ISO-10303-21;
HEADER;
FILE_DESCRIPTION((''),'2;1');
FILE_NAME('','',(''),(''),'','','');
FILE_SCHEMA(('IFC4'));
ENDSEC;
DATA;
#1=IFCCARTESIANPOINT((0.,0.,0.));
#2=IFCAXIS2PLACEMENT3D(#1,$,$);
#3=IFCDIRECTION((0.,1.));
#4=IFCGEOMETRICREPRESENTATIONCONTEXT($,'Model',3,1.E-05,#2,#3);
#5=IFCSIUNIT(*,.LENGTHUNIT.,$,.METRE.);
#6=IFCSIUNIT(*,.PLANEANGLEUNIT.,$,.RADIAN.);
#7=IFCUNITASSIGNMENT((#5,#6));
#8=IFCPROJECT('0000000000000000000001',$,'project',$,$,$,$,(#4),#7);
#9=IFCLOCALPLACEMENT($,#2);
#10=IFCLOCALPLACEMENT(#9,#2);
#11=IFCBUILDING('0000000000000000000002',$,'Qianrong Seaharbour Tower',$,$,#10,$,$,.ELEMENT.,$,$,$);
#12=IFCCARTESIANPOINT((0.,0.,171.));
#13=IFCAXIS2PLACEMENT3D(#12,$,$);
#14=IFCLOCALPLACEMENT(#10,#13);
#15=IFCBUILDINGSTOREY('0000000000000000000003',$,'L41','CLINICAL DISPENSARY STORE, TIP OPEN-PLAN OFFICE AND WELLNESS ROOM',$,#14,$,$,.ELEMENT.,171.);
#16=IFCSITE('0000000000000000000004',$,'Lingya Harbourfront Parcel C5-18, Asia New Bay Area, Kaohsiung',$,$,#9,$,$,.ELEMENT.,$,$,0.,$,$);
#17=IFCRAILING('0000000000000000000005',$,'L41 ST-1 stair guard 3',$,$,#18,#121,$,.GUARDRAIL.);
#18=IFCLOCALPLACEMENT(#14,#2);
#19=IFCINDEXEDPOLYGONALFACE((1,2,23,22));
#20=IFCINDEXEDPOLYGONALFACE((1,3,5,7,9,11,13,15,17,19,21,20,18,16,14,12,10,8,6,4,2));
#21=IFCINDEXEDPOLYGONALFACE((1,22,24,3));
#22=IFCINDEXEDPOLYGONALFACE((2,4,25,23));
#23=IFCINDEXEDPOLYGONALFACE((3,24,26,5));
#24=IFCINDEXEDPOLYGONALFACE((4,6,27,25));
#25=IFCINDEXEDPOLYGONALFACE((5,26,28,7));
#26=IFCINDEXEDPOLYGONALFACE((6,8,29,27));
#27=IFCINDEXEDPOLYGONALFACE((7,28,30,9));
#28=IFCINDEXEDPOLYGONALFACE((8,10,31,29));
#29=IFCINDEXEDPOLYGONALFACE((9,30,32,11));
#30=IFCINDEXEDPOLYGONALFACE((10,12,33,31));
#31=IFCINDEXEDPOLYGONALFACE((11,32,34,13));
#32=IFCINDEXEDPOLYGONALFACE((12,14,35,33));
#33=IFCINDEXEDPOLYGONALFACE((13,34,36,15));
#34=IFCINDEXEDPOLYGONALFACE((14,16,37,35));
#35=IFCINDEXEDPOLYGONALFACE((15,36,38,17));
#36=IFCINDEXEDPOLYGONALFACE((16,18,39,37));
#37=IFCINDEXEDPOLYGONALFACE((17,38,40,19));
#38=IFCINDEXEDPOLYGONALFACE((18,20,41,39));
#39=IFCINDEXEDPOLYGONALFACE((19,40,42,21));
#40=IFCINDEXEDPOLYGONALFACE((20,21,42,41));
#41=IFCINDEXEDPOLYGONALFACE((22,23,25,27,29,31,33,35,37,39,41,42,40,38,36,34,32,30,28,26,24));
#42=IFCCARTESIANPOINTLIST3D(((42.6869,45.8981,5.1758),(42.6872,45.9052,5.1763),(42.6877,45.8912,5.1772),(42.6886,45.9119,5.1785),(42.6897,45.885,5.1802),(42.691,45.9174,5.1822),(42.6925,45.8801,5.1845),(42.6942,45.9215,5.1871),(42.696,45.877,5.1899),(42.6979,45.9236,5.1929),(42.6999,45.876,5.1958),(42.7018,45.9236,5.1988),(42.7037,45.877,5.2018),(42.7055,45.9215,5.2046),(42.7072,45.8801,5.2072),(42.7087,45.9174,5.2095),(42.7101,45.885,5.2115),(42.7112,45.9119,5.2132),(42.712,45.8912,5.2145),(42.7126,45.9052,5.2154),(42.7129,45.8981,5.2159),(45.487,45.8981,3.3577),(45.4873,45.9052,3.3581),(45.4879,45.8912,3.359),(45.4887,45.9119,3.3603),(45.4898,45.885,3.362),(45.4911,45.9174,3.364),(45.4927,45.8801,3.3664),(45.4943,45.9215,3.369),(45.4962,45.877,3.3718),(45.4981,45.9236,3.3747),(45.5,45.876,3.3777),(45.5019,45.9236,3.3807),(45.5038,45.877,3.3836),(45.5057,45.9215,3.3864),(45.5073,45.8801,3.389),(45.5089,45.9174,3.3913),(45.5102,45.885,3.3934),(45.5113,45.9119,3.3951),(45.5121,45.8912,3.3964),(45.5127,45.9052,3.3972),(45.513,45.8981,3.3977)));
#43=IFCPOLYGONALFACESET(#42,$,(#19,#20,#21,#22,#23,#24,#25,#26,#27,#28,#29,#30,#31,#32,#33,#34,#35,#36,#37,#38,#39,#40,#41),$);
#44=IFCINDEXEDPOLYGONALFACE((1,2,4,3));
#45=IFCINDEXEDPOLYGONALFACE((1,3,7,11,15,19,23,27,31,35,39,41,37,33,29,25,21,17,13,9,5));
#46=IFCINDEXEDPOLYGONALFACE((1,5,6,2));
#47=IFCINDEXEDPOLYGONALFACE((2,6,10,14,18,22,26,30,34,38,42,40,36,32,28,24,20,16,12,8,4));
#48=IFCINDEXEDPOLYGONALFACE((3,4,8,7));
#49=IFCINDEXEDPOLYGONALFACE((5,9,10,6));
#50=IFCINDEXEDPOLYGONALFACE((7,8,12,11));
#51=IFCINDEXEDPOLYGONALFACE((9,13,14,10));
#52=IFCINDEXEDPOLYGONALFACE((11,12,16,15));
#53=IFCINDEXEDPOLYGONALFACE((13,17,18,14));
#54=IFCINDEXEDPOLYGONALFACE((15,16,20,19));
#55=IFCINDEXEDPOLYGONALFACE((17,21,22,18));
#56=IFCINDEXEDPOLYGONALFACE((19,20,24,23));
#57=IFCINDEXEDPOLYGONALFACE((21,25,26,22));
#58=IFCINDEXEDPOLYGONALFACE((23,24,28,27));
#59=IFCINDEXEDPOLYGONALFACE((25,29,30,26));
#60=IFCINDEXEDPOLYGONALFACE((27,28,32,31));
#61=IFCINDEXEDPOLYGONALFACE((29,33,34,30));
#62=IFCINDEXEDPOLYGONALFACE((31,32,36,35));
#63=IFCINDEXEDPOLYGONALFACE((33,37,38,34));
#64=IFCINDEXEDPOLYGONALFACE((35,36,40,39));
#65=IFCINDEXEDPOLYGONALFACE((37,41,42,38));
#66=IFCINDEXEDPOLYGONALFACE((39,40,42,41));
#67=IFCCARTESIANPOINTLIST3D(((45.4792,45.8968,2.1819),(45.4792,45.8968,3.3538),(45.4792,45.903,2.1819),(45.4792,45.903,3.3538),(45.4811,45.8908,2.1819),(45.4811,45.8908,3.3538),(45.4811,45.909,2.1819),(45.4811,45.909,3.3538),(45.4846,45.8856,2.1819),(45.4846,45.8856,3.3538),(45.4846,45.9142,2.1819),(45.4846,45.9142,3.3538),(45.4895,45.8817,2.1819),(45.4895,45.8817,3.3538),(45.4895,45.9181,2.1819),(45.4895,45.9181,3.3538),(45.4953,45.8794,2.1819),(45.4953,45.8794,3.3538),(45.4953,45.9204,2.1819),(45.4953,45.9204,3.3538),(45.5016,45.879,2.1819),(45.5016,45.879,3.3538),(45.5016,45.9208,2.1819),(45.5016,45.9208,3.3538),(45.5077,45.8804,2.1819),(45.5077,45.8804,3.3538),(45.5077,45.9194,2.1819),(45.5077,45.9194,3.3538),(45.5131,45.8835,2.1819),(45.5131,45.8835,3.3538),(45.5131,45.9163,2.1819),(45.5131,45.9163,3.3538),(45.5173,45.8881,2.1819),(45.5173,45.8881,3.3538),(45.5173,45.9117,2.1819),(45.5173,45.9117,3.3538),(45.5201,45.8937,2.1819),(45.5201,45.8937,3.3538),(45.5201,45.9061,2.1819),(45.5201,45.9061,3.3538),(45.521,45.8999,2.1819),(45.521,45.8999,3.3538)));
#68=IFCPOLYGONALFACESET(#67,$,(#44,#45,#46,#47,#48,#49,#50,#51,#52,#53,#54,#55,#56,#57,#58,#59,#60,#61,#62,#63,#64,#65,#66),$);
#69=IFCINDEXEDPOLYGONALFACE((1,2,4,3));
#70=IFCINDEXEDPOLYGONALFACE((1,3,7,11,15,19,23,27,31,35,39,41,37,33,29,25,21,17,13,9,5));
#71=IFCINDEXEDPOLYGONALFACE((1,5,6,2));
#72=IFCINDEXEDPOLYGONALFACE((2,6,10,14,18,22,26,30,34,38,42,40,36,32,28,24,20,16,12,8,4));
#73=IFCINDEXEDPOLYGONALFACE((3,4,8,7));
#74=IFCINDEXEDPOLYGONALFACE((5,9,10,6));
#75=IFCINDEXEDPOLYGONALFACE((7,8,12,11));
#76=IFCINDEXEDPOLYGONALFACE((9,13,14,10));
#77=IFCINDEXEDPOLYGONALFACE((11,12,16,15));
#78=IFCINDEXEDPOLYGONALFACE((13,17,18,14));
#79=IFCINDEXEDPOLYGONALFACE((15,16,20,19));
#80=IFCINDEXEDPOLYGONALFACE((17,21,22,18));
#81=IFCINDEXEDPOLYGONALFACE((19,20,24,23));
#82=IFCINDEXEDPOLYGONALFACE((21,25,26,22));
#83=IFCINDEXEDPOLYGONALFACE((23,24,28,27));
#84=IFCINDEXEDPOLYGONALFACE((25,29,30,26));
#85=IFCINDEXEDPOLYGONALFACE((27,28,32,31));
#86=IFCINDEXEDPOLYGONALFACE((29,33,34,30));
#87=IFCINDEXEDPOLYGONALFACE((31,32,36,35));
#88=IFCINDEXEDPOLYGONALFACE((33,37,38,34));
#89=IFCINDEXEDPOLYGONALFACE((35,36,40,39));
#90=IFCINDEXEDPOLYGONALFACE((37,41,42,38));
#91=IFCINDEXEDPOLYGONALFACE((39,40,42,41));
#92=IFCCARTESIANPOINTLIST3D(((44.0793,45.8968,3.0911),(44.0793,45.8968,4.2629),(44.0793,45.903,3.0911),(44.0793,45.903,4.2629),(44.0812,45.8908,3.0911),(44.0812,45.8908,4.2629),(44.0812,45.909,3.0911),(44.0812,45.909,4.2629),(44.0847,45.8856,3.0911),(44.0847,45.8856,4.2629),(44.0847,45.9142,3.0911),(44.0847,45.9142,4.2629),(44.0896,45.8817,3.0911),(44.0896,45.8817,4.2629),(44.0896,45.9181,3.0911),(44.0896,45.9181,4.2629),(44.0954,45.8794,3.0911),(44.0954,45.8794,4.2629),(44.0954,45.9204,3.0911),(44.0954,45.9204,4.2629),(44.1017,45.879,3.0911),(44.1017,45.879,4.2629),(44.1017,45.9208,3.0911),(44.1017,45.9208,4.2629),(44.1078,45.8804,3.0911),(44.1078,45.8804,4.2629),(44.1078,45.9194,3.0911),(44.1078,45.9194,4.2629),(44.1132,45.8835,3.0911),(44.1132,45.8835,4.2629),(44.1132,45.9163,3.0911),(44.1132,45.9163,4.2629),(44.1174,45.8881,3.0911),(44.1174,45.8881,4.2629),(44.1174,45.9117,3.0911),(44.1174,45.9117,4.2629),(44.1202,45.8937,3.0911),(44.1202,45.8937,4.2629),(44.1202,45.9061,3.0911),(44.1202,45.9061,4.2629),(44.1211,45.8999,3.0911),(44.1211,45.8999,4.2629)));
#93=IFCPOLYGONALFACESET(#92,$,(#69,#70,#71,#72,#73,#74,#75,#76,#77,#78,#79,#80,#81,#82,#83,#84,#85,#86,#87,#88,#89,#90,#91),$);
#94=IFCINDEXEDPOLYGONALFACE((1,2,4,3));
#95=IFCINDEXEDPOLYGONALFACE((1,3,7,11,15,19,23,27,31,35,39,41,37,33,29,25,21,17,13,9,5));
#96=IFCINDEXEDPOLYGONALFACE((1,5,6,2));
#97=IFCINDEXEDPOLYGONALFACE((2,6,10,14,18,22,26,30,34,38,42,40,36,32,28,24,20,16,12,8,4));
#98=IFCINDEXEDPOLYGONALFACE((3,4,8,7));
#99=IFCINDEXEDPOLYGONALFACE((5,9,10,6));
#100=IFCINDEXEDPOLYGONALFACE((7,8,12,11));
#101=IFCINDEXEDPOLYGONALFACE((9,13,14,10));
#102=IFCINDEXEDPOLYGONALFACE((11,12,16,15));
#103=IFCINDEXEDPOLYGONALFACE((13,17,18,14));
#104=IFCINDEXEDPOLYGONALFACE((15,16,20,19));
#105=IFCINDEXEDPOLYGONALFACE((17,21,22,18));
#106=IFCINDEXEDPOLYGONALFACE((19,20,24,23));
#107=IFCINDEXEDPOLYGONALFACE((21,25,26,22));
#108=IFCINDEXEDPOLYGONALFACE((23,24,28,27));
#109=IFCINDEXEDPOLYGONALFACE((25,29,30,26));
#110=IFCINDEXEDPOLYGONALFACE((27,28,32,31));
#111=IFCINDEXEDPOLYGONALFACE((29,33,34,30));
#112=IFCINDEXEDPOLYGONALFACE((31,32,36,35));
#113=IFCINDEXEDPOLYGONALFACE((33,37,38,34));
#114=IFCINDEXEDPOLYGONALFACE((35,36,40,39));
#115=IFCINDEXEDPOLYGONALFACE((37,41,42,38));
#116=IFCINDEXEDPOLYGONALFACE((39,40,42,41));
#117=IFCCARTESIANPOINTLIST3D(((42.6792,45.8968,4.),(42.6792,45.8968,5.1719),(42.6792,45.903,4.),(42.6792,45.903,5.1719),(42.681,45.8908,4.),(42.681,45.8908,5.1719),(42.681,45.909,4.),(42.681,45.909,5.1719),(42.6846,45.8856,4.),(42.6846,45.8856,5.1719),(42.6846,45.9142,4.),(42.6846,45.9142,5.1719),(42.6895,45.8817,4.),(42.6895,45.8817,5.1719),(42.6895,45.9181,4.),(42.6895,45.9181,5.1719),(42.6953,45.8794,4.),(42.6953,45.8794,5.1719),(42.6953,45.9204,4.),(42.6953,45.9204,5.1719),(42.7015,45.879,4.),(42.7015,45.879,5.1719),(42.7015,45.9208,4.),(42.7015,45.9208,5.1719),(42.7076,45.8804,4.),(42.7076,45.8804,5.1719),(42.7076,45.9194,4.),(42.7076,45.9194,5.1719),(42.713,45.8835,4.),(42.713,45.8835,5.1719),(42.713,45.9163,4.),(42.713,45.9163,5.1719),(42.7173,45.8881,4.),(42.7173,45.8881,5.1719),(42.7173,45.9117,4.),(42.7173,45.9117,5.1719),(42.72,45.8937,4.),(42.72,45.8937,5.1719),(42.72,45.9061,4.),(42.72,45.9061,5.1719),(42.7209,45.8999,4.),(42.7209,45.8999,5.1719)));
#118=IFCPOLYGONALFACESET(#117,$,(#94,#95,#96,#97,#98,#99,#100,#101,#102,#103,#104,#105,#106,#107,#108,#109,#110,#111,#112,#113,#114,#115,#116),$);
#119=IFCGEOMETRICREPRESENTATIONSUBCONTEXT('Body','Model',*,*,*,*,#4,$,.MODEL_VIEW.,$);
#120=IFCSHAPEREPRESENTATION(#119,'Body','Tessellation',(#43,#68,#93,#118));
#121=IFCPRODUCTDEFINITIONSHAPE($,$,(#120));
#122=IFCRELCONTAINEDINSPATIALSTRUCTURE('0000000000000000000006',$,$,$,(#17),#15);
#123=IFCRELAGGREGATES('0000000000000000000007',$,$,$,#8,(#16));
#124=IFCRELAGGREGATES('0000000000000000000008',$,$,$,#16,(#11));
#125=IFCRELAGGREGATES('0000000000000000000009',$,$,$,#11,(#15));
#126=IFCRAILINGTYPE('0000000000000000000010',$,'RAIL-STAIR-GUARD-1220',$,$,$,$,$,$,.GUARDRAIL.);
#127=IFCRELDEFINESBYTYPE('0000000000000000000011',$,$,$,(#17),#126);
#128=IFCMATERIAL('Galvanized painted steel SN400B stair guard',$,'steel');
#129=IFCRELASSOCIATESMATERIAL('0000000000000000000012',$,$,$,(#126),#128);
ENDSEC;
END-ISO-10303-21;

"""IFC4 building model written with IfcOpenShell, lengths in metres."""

from ifc_helpers import new_model, si_unit, direction, frame, origin, origin_2d, place, context, subcontext, project, spatial, circle, extrude, material, type_object, element, save


model = new_model("IFC4")

# Units and contexts
model_context = context("Model", 3, precision=1e-05, world=origin(), true_north=direction((0.0, 1.0)))
body_context = subcontext(model_context, "Body", "Model", "MODEL_VIEW")
ifc_project = project(units=[si_unit("LENGTHUNIT", "METRE"), si_unit("PLANEANGLEUNIT", "RADIAN")], contexts=[model_context])

# Site, building, storey
site_placement = place(None, origin())
site = spatial("IfcSite", under=ifc_project, at=site_placement, Name="Lingya Harbourfront Parcel C5-18, Asia New Bay Area, Kaohsiung", CompositionType="ELEMENT", RefElevation=0.0)
building_placement = place(site_placement, origin())
building = spatial("IfcBuilding", under=site, at=building_placement, Name="Qianrong Seaharbour Tower", CompositionType="ELEMENT")
storey_placement = place(building_placement, frame((0.0, 0.0, 171.0)))
storey = spatial("IfcBuildingStorey", under=building, at=storey_placement, Name="L41", Description="CLINICAL DISPENSARY STORE, TIP OPEN-PLAN OFFICE AND WELLNESS ROOM", CompositionType="ELEMENT", Elevation=171.0)

# Railing
ifc_material_1 = material(Name="Galvanized painted steel SN400B stair guard", Category="steel")
railing_type_1 = type_object("IfcRailingType", Name="RAIL-STAIR-GUARD-1220", PredefinedType="GUARDRAIL", material=ifc_material_1)
railing_1_placement = place(storey_placement, frame((45.5, 45.8999, 2.1819)))
element("IfcRailing", 1, at=railing_1_placement, inside=storey, type_object=railing_type_1, Name="L41 ST-1 stair guard 3", PredefinedType="GUARDRAIL", context=body_context, shape_type="SweptSolid", body=[
    extrude(circle(Radius=0.0239, at=origin_2d()), frame((0.0, 0.0, 1.1958), z_axis=(-0.838706, 0.0, 0.544585), x_axis=(0.0, -1.0, 0.0)), (0.0, 0.0, 1.0), 3.3386),
    extrude(circle(Radius=0.021, at=origin_2d()), origin(), (0.0, 0.0, 1.0), 1.1719),
    extrude(circle(Radius=0.021, at=origin_2d()), frame((-1.3999, 0.0, 0.9092)), (0.0, 0.0, 1.0), 1.1719),
    extrude(circle(Radius=0.021, at=origin_2d()), frame((-2.8, 0.0, 1.8181)), (0.0, 0.0, 1.0), 1.1719),
])

save(model, "model.ifc")
